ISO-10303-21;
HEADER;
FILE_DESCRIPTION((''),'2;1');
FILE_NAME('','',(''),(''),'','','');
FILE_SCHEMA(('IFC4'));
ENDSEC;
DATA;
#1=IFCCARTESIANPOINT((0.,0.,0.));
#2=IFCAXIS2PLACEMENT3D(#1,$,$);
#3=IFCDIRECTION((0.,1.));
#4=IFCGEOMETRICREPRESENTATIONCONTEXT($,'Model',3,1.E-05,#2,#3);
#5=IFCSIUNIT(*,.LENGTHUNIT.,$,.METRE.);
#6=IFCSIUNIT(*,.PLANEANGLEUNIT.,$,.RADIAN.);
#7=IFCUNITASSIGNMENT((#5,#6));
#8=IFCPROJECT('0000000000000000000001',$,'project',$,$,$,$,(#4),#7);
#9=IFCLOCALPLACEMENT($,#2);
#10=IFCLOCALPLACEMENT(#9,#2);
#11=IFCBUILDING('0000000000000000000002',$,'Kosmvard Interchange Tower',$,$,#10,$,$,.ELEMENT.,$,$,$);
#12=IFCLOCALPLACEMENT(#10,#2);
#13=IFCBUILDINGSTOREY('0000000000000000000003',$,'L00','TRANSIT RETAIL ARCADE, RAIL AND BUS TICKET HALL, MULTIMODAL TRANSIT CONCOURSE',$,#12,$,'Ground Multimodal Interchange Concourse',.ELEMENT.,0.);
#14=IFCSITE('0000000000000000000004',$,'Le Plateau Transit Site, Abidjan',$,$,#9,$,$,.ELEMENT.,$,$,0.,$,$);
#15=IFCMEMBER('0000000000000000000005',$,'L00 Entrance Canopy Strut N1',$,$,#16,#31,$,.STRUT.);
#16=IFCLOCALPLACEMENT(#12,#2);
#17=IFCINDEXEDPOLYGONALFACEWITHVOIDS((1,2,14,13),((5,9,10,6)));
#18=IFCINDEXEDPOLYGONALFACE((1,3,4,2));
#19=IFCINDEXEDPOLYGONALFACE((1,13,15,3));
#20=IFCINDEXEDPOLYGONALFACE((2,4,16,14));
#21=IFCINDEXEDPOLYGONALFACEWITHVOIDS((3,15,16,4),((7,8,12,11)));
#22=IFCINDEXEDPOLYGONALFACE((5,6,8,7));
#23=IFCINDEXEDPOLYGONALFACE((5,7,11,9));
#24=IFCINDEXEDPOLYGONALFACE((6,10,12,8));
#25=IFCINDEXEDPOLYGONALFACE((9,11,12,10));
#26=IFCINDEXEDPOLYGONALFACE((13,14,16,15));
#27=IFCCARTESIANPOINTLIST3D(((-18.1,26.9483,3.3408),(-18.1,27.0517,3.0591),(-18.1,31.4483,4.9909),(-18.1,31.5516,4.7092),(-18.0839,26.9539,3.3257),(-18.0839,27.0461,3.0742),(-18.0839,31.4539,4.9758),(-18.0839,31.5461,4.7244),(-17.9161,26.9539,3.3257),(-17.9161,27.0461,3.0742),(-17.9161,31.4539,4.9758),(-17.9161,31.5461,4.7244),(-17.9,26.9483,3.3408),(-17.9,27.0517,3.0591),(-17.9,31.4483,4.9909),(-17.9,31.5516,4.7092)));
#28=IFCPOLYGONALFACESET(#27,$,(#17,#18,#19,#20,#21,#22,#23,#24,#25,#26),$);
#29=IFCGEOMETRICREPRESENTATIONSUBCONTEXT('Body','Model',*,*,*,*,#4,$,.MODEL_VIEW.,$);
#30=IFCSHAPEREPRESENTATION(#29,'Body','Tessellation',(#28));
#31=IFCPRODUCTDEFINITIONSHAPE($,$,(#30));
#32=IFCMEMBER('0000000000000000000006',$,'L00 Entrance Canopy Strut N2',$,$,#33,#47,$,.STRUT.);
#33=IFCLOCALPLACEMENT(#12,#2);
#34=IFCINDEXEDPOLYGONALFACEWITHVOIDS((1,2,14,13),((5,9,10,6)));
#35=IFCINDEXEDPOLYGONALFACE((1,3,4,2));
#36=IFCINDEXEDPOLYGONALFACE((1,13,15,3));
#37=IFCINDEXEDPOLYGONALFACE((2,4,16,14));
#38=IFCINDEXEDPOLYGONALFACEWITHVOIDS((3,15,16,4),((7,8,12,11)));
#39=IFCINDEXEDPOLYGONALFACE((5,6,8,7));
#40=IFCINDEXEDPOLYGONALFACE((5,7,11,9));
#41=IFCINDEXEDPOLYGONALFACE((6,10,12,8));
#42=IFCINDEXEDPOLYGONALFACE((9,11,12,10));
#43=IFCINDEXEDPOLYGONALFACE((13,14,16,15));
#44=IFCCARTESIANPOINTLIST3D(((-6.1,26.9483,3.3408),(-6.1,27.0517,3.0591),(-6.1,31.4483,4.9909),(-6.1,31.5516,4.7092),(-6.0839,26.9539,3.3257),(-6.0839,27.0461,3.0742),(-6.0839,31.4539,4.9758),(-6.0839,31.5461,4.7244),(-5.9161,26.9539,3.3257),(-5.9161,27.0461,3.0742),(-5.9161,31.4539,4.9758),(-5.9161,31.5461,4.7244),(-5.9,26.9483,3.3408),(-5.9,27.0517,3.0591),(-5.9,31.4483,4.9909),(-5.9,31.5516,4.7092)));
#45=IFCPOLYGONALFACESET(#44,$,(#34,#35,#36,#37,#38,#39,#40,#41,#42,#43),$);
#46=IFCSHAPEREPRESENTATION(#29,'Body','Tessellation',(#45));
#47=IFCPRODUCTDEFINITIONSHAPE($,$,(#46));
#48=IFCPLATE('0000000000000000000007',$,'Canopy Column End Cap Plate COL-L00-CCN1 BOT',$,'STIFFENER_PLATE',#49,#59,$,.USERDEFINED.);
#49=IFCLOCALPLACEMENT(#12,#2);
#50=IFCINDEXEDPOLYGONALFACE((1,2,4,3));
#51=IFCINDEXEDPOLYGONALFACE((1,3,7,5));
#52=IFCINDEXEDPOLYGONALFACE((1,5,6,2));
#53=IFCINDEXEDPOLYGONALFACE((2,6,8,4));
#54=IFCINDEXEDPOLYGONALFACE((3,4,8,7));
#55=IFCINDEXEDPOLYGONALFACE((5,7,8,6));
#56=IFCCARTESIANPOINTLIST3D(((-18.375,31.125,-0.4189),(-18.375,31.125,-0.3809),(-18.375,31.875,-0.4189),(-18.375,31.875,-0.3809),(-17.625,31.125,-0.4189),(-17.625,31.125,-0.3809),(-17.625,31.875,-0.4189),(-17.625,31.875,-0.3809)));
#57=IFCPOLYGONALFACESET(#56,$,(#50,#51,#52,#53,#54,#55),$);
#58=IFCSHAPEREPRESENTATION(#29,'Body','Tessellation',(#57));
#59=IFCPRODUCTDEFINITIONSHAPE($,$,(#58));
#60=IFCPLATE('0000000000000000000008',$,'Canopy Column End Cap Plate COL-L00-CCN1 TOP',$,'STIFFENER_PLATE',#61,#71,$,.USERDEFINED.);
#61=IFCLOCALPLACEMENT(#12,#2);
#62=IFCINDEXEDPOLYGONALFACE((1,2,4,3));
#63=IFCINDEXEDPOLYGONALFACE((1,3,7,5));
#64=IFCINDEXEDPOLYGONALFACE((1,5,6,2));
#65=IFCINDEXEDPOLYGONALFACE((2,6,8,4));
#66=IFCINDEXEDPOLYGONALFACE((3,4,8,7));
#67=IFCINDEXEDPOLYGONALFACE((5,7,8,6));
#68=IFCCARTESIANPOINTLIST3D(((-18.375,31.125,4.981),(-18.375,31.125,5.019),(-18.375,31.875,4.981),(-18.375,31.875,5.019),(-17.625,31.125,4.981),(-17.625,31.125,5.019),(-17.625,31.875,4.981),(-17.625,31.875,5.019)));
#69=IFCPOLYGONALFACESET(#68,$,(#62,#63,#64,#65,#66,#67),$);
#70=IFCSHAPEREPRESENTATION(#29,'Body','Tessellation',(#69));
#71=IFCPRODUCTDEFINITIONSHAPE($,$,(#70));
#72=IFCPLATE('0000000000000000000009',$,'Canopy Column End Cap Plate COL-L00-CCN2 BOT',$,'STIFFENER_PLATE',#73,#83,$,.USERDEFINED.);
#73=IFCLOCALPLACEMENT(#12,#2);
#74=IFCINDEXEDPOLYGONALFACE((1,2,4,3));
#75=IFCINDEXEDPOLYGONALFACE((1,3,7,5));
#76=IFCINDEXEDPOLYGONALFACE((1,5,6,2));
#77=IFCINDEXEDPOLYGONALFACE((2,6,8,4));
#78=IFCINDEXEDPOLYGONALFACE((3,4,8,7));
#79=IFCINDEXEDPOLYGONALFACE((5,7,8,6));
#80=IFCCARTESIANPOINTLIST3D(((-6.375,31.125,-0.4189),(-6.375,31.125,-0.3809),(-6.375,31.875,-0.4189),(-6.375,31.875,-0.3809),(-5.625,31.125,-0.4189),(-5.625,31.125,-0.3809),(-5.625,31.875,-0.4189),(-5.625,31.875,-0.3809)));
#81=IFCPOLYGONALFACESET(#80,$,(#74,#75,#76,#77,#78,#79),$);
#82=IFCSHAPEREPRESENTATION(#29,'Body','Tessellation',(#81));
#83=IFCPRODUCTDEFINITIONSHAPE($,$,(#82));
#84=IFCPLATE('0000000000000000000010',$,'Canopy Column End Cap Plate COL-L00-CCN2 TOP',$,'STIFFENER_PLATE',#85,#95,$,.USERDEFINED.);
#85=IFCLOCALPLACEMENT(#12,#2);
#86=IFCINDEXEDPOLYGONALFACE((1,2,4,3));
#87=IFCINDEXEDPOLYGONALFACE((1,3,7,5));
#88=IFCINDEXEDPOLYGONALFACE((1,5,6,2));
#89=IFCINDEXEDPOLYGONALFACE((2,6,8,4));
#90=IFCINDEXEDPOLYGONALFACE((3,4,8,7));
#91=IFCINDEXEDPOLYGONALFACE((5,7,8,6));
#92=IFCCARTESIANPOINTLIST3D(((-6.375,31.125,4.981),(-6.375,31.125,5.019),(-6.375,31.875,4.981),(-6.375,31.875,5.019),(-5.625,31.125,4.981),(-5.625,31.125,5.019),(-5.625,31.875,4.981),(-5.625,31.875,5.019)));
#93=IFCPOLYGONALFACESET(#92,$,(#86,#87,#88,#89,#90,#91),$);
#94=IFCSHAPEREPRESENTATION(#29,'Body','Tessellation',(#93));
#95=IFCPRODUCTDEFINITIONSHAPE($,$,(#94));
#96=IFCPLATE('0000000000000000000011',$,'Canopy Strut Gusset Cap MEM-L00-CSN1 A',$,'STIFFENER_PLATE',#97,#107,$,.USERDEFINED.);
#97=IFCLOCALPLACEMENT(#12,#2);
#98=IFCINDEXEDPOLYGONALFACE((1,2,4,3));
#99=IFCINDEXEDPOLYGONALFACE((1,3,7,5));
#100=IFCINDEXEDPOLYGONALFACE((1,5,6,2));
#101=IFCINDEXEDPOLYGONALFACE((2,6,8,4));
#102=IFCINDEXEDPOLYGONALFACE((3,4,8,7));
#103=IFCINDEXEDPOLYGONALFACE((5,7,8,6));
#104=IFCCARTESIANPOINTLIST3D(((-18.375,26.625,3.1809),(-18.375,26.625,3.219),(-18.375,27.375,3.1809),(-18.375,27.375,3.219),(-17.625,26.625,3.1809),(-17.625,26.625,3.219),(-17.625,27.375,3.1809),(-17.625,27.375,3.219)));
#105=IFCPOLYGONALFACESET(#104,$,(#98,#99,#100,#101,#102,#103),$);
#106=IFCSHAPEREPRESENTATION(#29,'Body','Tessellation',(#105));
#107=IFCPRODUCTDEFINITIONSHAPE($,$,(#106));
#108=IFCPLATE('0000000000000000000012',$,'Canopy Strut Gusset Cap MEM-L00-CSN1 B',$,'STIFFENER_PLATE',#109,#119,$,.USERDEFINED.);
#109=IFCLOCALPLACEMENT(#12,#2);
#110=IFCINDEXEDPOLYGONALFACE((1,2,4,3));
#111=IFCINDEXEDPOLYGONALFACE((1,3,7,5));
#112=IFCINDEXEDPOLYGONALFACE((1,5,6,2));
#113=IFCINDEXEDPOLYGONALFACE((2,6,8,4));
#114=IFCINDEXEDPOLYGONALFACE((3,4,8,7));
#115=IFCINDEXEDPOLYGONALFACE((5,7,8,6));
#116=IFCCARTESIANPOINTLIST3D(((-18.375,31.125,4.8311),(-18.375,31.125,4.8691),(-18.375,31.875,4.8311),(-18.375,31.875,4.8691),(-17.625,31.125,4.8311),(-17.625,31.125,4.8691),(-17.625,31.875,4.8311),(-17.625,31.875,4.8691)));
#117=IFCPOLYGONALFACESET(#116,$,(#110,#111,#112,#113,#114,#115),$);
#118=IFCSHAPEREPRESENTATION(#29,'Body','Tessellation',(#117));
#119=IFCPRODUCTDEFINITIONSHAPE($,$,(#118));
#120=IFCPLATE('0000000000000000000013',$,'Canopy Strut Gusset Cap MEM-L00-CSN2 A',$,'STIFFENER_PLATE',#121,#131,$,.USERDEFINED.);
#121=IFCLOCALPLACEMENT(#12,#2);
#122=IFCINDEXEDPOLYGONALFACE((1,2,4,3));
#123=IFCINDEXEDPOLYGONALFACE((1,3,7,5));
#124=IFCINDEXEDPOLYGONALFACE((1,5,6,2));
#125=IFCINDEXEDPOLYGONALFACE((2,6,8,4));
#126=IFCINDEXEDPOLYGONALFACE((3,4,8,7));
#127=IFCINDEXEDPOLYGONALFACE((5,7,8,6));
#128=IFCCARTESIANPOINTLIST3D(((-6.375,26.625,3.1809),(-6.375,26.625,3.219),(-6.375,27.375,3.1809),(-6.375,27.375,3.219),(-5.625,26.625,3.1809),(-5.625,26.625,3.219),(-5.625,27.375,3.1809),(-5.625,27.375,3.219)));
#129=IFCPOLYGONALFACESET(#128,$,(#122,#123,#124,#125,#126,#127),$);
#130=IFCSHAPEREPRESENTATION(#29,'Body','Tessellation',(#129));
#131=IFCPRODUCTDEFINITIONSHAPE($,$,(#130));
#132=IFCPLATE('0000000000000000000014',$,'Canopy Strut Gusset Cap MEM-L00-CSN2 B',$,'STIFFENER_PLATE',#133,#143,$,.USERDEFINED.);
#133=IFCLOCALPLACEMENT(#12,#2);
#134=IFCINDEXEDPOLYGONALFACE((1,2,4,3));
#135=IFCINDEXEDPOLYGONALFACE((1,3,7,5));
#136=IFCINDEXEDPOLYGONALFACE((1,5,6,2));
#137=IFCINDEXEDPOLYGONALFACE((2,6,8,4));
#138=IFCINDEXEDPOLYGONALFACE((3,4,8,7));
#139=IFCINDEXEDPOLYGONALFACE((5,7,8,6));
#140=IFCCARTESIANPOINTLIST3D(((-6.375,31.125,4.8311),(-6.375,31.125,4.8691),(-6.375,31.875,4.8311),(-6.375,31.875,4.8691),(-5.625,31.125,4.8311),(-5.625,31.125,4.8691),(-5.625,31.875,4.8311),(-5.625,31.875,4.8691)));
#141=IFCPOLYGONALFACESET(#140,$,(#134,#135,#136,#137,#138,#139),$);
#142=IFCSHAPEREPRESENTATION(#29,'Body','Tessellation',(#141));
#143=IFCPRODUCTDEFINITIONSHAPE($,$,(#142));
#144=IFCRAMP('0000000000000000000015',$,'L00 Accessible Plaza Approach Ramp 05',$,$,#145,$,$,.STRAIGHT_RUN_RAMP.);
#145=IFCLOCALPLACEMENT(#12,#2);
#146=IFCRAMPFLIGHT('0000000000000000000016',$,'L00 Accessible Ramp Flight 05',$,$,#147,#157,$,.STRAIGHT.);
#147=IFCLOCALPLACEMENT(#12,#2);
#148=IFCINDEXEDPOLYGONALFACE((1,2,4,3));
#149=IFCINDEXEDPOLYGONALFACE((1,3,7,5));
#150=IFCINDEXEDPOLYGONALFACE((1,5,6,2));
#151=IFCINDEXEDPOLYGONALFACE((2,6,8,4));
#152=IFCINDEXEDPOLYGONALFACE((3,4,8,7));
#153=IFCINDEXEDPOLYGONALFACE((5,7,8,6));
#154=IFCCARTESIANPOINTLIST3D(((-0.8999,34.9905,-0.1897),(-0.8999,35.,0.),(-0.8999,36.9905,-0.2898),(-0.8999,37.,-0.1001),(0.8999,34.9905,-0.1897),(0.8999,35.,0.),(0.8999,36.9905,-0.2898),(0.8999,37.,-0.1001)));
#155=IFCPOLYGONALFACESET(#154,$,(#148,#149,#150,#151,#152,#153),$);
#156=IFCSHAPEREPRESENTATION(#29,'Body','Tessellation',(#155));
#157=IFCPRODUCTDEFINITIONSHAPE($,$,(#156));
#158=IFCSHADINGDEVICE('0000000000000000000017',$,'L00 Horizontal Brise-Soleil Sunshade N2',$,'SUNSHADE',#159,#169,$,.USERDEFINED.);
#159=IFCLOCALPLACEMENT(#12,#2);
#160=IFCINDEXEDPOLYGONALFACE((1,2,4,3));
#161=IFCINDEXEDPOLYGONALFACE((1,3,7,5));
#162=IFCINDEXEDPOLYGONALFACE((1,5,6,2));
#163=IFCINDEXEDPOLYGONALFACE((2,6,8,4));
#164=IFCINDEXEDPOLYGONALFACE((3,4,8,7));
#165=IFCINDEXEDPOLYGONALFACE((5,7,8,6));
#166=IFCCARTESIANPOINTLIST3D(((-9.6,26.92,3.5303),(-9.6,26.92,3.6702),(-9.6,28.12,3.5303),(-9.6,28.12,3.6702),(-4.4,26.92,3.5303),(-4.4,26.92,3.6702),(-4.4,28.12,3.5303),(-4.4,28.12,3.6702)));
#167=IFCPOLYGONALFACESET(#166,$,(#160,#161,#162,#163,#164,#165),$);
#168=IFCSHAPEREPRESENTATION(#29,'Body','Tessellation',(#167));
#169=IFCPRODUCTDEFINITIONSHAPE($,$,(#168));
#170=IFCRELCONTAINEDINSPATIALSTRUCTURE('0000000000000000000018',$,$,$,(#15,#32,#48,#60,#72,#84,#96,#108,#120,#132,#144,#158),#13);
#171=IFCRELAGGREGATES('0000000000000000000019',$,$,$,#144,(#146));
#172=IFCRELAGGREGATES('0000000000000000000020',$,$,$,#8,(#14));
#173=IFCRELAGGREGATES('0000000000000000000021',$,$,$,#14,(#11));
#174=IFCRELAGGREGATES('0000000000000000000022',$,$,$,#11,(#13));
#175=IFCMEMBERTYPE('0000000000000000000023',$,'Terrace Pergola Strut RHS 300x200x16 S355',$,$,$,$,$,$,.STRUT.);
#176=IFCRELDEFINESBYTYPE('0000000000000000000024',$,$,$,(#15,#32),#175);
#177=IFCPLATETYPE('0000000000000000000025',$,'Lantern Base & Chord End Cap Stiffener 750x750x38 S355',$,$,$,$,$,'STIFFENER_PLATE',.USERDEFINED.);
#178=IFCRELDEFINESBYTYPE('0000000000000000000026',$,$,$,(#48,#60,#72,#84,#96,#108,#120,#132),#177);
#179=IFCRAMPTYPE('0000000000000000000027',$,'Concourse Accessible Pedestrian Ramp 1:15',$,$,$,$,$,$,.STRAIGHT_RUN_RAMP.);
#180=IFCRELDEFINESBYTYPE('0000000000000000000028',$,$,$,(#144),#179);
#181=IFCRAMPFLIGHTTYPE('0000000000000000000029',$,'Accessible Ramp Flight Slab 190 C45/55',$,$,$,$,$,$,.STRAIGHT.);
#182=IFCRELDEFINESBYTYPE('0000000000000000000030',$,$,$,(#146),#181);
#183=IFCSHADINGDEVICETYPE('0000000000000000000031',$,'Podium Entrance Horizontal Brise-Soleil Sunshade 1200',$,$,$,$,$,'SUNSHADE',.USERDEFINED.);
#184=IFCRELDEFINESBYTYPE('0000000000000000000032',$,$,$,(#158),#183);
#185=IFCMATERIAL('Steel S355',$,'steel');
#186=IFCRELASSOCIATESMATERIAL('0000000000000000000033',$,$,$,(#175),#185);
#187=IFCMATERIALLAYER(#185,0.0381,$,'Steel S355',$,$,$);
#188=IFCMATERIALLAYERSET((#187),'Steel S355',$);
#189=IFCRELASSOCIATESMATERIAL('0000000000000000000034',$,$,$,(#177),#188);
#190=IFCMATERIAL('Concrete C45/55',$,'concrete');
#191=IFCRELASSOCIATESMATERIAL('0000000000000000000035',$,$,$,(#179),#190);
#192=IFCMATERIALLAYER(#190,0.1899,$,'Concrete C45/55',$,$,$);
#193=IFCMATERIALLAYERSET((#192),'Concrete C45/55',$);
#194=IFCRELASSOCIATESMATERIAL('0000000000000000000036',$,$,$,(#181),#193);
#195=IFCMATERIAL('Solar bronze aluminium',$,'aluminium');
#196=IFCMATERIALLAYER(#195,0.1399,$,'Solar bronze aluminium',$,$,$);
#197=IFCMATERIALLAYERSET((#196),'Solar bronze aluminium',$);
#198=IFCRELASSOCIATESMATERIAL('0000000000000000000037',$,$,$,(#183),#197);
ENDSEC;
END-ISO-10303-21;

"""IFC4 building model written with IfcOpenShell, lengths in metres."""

from ifc_helpers import new_model, si_unit, direction, frame, origin, origin_2d, place, context, subcontext, project, spatial, polyline, rectangle, hollow_rectangle, outline, extrude, source, transform, mapped, material, layer, layer_set, material_profile, profile_set, type_object, element, aggregate, save


model = new_model("IFC4")

# Units and contexts
model_context = context("Model", 3, precision=1e-05, world=origin(), true_north=direction((0.0, 1.0)))
body_context = subcontext(model_context, "Body", "Model", "MODEL_VIEW")
ifc_project = project(units=[si_unit("LENGTHUNIT", "METRE"), si_unit("PLANEANGLEUNIT", "RADIAN")], contexts=[model_context])

# Site, building, storey
site_placement = place(None, origin())
site = spatial("IfcSite", under=ifc_project, at=site_placement, Name="Le Plateau Transit Site, Abidjan", CompositionType="ELEMENT", RefElevation=0.0)
building_placement = place(site_placement, origin())
building = spatial("IfcBuilding", under=site, at=building_placement, Name="Kosmvard Interchange Tower", CompositionType="ELEMENT")
storey_placement = place(building_placement, origin())
storey = spatial("IfcBuildingStorey", under=building, at=storey_placement, Name="L00", Description="TRANSIT RETAIL ARCADE, RAIL AND BUS TICKET HALL, MULTIMODAL TRANSIT CONCOURSE", LongName="Ground Multimodal Interchange Concourse", CompositionType="ELEMENT", Elevation=0.0)

# Shared definitions
ifc_material_1 = material(Name="Steel S355", Category="steel")

# Members
ifc_material_profile_1 = material_profile(ifc_material_1, hollow_rectangle(XDim=0.2, YDim=0.3, WallThickness=0.0161, at=origin_2d()), Name="RHS 300x200x16")
ifc_profile_set_1 = profile_set([ifc_material_profile_1], Name="Steel S355")
member_type_1 = type_object("IfcMemberType", Name="Terrace Pergola Strut RHS 300x200x16 S355", PredefinedType="STRUT", material=ifc_profile_set_1)
shared_shape_1 = source(origin(), body_context, "Body", "SweptSolid", [
    extrude(hollow_rectangle(XDim=0.2, YDim=0.3, WallThickness=0.0161, at=origin_2d()), origin(), (0.0, 0.0, 1.0), 4.793),
])
for number, where, z_axis, x_axis, name in (
    (1, (-18.0, 27.0, 3.2), (0.0, 0.938866, 0.344282), (-1.0, 0.0, 0.0), "L00 Entrance Canopy Strut N1"),
    (2, (-6.0, 27.0, 3.2), (0.0, 0.938866, 0.344282), (-1.0, 0.0, 0.0), "L00 Entrance Canopy Strut N2"),
):
    element("IfcMember", number, at=place(storey_placement, frame(where, z_axis=z_axis, x_axis=x_axis)), inside=storey, type_object=member_type_1, Name=name, PredefinedType="STRUT", context=body_context, shape_type="MappedRepresentation", body=[
        mapped(shared_shape_1, transform((0.0, 0.0, 0.0), scale=1.0)),
    ])

# Plates
ifc_layer_1 = layer(ifc_material_1, 0.0381, Name="Steel S355")
ifc_layer_set_1 = layer_set([ifc_layer_1], Name="Steel S355")
plate_type = type_object("IfcPlateType", Name="Lantern Base & Chord End Cap Stiffener 750x750x38 S355", ElementType="STIFFENER_PLATE", PredefinedType="USERDEFINED", material=ifc_layer_set_1)
shared_shape_2 = source(origin(), body_context, "Body", "SweptSolid", [
    extrude(rectangle(XDim=0.75, YDim=0.75, at=origin_2d()), origin(), (0.0, 0.0, 1.0), 0.0381),
])
for number, where, z_axis, x_axis, name in (
    (3, (-18.0, 31.5, -0.4189), (0.0, 0.0, 1.0), (1.0, 0.0, 0.0), "Canopy Column End Cap Plate COL-L00-CCN1 BOT"),
    (4, (-18.0, 31.5, 4.981), (0.0, 0.0, 1.0), (1.0, 0.0, 0.0), "Canopy Column End Cap Plate COL-L00-CCN1 TOP"),
    (5, (-6.0, 31.5, -0.4189), (0.0, 0.0, 1.0), (1.0, 0.0, 0.0), "Canopy Column End Cap Plate COL-L00-CCN2 BOT"),
    (6, (-6.0, 31.5, 4.981), (0.0, 0.0, 1.0), (1.0, 0.0, 0.0), "Canopy Column End Cap Plate COL-L00-CCN2 TOP"),
    (7, (-18.0, 27.0, 3.1809), (0.0, 0.0, 1.0), (1.0, 0.0, 0.0), "Canopy Strut Gusset Cap MEM-L00-CSN1 A"),
    (8, (-18.0, 31.5, 4.8311), (0.0, 0.0, 1.0), (1.0, 0.0, 0.0), "Canopy Strut Gusset Cap MEM-L00-CSN1 B"),
    (9, (-6.0, 27.0, 3.1809), (0.0, 0.0, 1.0), (1.0, 0.0, 0.0), "Canopy Strut Gusset Cap MEM-L00-CSN2 A"),
    (10, (-6.0, 31.5, 4.8311), (0.0, 0.0, 1.0), (1.0, 0.0, 0.0), "Canopy Strut Gusset Cap MEM-L00-CSN2 B"),
):
    element("IfcPlate", number, at=place(storey_placement, frame(where, z_axis=z_axis, x_axis=x_axis)), inside=storey, type_object=plate_type, Name=name, ObjectType="STIFFENER_PLATE", PredefinedType="USERDEFINED", context=body_context, shape_type="MappedRepresentation", body=[
        mapped(shared_shape_2, transform((0.0, 0.0, 0.0), scale=1.0)),
    ])

# Ramp, ramp flight
ifc_material_2 = material(Name="Concrete C45/55", Category="concrete")
ramp_type = type_object("IfcRampType", Name="Concourse Accessible Pedestrian Ramp 1:15", PredefinedType="STRAIGHT_RUN_RAMP", material=ifc_material_2)
ramp_placement = place(storey_placement, origin())
ramp = element("IfcRamp", 11, at=ramp_placement, inside=storey, type_object=ramp_type, Name="L00 Accessible Plaza Approach Ramp 05", PredefinedType="STRAIGHT_RUN_RAMP")
ifc_layer_2 = layer(ifc_material_2, 0.1899, Name="Concrete C45/55")
ifc_layer_set_2 = layer_set([ifc_layer_2], Name="Concrete C45/55")
ramp_flight_type = type_object("IfcRampFlightType", Name="Accessible Ramp Flight Slab 190 C45/55", PredefinedType="STRAIGHT", material=ifc_layer_set_2)
ramp_flight_placement = place(storey_placement, frame((-0.8999, 35.0, 0.0), z_axis=(0.0, 0.049986, 0.99875), x_axis=(1.0, 0.0, 0.0)))
ramp_flight = element("IfcRampFlight", 12, at=ramp_flight_placement, type_object=ramp_flight_type, Name="L00 Accessible Ramp Flight 05", PredefinedType="STRAIGHT", context=body_context, shape_type="SweptSolid", body=[
    extrude(outline(polyline([(0.0, 0.0), (1.7998, 0.0), (1.7998, 2.0025), (0.0, 2.0025), (0.0, 0.0)])), origin(), (0.0, 0.0, -1.0), 0.1899),
])
aggregate(ramp, [ramp_flight])

# Shading device
ifc_material_3 = material(Name="Solar bronze aluminium", Category="aluminium")
ifc_layer_3 = layer(ifc_material_3, 0.1399, Name="Solar bronze aluminium")
ifc_layer_set_3 = layer_set([ifc_layer_3], Name="Solar bronze aluminium")
shading_device_type = type_object("IfcShadingDeviceType", Name="Podium Entrance Horizontal Brise-Soleil Sunshade 1200", ElementType="SUNSHADE", PredefinedType="USERDEFINED", material=ifc_layer_set_3)
shared_shape_3 = source(origin(), body_context, "Body", "SweptSolid", [
    extrude(rectangle(XDim=5.2, YDim=1.2, at=origin_2d()), origin(), (0.0, 0.0, 1.0), 0.1399),
])
shading_device_placement = place(storey_placement, frame((-7.0, 27.52, 3.5303), z_axis=(0.0, 0.0, 1.0), x_axis=(1.0, 0.0, 0.0)))
element("IfcShadingDevice", 13, at=shading_device_placement, inside=storey, type_object=shading_device_type, Name="L00 Horizontal Brise-Soleil Sunshade N2", ObjectType="SUNSHADE", PredefinedType="USERDEFINED", context=body_context, shape_type="MappedRepresentation", body=[
    mapped(shared_shape_3, transform((0.0, 0.0, 0.0), scale=1.0)),
])

save(model, "model.ifc")
